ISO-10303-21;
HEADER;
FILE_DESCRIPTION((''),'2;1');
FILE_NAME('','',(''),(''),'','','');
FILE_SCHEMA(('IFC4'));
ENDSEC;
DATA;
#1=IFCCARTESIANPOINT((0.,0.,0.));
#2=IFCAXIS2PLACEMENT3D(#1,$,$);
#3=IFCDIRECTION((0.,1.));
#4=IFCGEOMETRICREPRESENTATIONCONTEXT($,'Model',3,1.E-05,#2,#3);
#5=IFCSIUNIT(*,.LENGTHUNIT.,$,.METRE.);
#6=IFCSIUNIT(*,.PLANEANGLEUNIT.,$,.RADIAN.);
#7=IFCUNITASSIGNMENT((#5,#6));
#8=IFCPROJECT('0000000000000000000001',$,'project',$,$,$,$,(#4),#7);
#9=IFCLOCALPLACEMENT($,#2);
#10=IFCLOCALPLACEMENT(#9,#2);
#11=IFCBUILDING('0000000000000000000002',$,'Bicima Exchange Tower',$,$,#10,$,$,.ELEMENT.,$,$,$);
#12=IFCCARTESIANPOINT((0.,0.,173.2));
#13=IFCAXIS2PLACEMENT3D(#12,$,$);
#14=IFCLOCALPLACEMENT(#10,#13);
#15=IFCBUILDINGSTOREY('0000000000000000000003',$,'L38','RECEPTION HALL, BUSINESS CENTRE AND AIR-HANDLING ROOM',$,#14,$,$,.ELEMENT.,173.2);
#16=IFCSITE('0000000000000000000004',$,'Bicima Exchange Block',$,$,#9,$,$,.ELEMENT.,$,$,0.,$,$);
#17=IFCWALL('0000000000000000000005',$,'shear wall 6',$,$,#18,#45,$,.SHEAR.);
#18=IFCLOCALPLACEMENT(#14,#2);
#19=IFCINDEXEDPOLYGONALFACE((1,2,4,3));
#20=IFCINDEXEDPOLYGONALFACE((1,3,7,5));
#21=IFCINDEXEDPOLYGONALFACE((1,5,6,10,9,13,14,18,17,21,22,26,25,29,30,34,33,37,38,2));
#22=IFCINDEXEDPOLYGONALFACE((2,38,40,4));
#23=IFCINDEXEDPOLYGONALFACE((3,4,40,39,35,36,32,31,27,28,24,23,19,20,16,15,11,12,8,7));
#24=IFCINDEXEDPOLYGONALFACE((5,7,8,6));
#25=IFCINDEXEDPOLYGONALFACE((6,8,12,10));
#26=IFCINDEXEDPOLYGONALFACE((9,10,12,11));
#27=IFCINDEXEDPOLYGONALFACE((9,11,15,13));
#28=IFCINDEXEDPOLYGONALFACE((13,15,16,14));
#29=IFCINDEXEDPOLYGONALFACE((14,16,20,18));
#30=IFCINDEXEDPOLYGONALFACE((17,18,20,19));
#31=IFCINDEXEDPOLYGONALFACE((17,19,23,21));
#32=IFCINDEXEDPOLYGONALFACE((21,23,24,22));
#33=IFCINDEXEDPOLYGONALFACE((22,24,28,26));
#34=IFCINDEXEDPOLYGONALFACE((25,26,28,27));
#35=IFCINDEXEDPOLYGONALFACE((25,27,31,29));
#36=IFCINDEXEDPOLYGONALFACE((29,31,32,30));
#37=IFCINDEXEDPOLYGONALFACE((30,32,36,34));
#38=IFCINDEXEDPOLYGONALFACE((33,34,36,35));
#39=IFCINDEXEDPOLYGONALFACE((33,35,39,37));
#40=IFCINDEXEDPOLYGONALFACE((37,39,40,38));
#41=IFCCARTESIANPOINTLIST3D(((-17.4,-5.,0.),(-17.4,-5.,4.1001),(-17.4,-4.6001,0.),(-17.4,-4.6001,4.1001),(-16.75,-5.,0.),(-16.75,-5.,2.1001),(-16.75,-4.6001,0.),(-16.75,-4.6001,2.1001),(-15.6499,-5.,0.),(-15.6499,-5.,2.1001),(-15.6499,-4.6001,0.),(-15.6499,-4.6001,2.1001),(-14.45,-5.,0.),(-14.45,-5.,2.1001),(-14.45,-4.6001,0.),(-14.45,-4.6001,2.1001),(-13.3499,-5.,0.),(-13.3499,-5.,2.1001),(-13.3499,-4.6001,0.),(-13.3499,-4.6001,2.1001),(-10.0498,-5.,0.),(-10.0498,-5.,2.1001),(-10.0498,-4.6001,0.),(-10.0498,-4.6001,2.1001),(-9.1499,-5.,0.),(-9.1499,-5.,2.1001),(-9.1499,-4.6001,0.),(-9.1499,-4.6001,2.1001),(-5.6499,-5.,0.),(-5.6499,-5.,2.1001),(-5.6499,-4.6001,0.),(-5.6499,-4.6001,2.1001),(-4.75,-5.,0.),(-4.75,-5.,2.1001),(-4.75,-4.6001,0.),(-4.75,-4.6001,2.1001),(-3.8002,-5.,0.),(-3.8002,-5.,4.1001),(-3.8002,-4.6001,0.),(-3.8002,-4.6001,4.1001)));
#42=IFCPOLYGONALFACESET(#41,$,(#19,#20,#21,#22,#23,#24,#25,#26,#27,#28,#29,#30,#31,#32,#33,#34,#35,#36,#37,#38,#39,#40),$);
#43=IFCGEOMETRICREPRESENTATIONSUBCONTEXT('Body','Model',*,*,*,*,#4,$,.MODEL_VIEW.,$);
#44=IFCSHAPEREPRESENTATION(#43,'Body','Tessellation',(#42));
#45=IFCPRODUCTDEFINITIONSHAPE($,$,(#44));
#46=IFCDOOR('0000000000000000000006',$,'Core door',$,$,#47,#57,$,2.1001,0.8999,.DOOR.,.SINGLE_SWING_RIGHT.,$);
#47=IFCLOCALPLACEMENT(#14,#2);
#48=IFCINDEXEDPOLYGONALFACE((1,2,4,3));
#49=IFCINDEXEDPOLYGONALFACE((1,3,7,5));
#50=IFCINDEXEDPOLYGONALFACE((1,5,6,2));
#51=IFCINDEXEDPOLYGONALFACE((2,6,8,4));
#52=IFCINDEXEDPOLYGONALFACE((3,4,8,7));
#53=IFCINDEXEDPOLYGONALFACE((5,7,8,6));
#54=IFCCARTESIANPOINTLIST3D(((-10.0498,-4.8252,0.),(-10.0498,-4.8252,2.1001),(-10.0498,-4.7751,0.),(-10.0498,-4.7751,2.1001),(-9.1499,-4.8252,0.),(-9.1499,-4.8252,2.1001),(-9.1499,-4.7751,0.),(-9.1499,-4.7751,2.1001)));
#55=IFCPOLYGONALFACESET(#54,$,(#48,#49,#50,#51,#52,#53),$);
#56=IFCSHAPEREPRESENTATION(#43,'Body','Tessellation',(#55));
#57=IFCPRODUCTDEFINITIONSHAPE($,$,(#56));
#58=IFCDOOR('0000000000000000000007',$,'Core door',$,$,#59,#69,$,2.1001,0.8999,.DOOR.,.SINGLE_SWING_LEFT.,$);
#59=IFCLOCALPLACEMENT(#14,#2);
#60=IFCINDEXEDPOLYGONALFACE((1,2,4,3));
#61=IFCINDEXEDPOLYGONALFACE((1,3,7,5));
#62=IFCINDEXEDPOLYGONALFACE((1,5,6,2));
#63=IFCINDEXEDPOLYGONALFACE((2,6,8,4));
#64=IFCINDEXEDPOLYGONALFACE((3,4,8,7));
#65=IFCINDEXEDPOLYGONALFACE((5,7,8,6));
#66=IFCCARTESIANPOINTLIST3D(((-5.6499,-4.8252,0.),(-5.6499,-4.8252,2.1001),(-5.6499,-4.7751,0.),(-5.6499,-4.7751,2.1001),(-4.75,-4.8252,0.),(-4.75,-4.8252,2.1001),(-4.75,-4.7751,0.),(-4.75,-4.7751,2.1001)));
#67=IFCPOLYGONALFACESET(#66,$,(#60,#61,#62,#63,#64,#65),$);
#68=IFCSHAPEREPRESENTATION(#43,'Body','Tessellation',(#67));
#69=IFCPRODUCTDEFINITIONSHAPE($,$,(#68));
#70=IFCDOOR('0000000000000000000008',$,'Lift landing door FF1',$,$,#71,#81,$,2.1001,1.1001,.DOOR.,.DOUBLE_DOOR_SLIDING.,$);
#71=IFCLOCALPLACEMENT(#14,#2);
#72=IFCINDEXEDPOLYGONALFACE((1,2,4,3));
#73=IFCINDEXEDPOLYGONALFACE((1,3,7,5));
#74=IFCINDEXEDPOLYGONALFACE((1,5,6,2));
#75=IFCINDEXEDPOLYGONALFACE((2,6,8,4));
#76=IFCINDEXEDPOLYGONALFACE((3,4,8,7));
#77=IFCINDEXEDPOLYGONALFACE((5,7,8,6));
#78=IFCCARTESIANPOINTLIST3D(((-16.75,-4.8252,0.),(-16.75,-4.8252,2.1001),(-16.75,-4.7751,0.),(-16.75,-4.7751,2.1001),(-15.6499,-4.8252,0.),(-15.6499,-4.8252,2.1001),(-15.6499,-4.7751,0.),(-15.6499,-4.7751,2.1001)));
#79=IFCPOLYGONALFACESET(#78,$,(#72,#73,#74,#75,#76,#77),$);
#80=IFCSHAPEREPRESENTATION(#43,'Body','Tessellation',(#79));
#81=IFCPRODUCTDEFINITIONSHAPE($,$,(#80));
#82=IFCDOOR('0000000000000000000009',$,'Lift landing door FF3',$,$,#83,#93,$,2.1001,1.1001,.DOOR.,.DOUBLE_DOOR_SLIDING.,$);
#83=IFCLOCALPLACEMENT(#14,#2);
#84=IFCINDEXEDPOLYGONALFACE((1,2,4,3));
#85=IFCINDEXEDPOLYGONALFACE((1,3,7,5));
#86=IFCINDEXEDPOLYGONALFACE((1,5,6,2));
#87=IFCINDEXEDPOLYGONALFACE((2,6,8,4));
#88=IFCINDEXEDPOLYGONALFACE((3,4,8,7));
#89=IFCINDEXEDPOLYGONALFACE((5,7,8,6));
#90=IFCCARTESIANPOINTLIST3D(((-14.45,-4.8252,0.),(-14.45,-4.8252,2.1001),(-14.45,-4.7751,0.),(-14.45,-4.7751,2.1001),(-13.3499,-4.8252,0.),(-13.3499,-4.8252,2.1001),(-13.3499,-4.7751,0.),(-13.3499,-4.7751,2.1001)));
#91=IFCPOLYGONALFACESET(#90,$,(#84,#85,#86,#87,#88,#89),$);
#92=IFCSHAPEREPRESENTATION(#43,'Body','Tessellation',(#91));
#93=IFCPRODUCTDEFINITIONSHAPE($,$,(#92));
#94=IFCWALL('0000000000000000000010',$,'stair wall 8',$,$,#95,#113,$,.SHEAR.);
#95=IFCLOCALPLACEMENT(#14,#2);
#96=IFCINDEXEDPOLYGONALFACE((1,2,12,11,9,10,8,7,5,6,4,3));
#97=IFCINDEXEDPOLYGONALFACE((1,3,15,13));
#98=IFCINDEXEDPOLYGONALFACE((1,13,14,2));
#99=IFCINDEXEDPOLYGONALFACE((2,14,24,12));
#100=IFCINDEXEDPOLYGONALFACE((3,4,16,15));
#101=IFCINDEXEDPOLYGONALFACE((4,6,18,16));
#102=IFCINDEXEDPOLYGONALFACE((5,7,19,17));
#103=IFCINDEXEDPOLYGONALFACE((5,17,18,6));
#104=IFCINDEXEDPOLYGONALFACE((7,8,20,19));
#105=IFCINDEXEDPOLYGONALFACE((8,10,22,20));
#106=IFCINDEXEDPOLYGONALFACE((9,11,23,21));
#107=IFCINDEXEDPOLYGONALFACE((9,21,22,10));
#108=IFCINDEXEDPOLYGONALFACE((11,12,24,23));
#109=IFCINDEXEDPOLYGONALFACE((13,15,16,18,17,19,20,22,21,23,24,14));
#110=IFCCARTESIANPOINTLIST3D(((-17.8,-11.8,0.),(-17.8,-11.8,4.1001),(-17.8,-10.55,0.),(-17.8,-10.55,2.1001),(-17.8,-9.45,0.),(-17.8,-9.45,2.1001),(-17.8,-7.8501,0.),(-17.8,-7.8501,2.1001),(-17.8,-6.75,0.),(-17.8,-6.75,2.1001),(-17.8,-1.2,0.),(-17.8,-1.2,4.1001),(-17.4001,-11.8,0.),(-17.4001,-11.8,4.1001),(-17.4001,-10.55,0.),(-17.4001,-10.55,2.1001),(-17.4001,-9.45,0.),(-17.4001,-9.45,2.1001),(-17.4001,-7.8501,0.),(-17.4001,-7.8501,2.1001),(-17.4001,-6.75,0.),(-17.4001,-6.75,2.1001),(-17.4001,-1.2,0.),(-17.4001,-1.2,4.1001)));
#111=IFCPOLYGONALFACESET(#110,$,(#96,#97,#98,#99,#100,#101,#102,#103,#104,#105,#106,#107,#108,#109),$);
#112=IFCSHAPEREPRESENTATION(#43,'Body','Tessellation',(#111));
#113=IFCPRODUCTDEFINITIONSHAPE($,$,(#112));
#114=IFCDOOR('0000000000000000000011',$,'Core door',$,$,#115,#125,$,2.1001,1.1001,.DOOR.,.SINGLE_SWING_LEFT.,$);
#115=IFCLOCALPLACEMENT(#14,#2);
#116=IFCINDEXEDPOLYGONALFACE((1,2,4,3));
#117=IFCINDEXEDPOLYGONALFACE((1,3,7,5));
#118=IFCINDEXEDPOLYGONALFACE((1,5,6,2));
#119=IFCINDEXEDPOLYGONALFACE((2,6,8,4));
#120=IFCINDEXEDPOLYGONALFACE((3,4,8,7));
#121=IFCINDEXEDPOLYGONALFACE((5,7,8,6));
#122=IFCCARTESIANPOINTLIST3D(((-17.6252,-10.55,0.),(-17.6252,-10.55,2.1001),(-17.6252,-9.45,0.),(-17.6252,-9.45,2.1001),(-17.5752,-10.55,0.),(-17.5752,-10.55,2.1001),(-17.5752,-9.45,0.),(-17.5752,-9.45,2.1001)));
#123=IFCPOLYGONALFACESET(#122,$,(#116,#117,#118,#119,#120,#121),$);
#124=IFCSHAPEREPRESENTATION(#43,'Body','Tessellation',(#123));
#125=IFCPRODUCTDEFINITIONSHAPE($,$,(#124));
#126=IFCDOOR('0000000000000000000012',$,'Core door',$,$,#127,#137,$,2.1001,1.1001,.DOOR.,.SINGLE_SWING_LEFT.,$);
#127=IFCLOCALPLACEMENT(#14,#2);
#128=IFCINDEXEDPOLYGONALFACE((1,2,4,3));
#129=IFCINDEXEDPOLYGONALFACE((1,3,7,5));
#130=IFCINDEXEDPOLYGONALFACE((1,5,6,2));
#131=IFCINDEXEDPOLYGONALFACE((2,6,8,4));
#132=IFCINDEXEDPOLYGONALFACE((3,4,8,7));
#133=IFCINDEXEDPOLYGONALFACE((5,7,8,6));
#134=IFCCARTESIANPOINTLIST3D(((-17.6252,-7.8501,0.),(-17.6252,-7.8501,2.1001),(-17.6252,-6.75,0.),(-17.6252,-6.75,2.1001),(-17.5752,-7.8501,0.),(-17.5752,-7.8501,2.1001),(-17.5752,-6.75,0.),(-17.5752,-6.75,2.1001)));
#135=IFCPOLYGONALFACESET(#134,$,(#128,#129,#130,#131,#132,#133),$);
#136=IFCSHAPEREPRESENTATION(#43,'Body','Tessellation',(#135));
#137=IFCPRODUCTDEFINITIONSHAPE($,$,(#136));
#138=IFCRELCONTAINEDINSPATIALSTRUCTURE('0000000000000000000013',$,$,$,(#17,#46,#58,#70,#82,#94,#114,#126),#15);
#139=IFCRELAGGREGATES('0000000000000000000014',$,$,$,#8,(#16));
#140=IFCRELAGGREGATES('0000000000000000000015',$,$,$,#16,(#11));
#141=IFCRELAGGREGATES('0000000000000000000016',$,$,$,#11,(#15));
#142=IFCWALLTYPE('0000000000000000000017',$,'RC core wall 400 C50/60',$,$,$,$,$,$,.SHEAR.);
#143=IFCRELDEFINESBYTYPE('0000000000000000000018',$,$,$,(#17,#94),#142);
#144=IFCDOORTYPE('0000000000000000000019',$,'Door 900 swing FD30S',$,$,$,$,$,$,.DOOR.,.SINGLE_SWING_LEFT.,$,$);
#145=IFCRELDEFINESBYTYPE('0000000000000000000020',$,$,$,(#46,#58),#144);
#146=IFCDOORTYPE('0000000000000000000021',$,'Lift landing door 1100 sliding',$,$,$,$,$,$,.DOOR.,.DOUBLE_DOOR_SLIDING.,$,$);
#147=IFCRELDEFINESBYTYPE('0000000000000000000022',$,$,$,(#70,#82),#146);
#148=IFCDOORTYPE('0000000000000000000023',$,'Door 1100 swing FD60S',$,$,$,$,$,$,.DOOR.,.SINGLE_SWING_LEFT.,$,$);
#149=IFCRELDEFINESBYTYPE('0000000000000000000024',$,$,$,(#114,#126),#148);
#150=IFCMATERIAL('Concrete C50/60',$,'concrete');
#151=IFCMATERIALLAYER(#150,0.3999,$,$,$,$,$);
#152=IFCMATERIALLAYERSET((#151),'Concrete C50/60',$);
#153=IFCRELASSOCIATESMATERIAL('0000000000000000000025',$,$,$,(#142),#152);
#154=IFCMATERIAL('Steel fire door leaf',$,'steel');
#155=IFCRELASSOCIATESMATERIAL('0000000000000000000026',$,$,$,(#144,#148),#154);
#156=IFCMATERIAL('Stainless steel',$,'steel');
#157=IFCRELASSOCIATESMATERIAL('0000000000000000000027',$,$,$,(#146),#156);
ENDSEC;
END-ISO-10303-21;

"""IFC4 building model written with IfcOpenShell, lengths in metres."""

from ifc_helpers import new_model, si_unit, direction, frame, frame_2d, origin, place, context, subcontext, project, spatial, rectangle, extrude, material, layer, layer_set, type_object, element, fill, save


model = new_model("IFC4")

# Units and contexts
model_context = context("Model", 3, precision=1e-05, world=origin(), true_north=direction((0.0, 1.0)))
body_context = subcontext(model_context, "Body", "Model", "MODEL_VIEW")
ifc_project = project(units=[si_unit("LENGTHUNIT", "METRE"), si_unit("PLANEANGLEUNIT", "RADIAN")], contexts=[model_context])

# Site, building, storey
site_placement = place(None, origin())
site = spatial("IfcSite", under=ifc_project, at=site_placement, Name="Bicima Exchange Block", CompositionType="ELEMENT", RefElevation=0.0)
building_placement = place(site_placement, origin())
building = spatial("IfcBuilding", under=site, at=building_placement, Name="Bicima Exchange Tower", CompositionType="ELEMENT")
storey_placement = place(building_placement, frame((0.0, 0.0, 173.2)))
storey = spatial("IfcBuildingStorey", under=building, at=storey_placement, Name="L38", Description="RECEPTION HALL, BUSINESS CENTRE AND AIR-HANDLING ROOM", CompositionType="ELEMENT", Elevation=173.2)

# Walls, openings, doors
ifc_material_1 = material(Name="Concrete C50/60", Category="concrete")
ifc_layer_1 = layer(ifc_material_1, 0.3999)
ifc_layer_set_1 = layer_set([ifc_layer_1], Name="Concrete C50/60")
wall_type_1 = type_object("IfcWallType", Name="RC core wall 400 C50/60", PredefinedType="SHEAR", material=ifc_layer_set_1)
ifc_material_2 = material(Name="Steel fire door leaf", Category="steel")
door_type_1 = type_object("IfcDoorType", Name="Door 900 swing FD30S", OperationType="SINGLE_SWING_LEFT", PredefinedType="DOOR", material=ifc_material_2)
ifc_material_3 = material(Name="Stainless steel", Category="steel")
wall_1_placement = place(storey_placement, frame((-17.3999, -4.8, 0.0), z_axis=(0.0, 0.0, 1.0), x_axis=(1.0, 0.0, 0.0)))
wall_1 = element("IfcWall", 1, at=wall_1_placement, inside=storey, type_object=wall_type_1, Name="shear wall 6", PredefinedType="SHEAR", context=body_context, shape_type="SweptSolid", body=[
    extrude(rectangle(XDim=13.5999, YDim=0.3999, at=frame_2d((6.7998, 0.0))), origin(), (0.0, 0.0, 1.0), 4.1001),
])
opening_1_placement = place(wall_1_placement, frame((0.6499, 0.0, 0.0)))
opening_1 = element("IfcOpeningElement", 2, at=opening_1_placement, cuts=wall_1, PredefinedType="OPENING", context=body_context, shape_type="SweptSolid", body=[
    extrude(rectangle(XDim=1.1001, YDim=2.1001, at=frame_2d((0.55, 1.05))), frame((0.0, 0.2119, 0.0), z_axis=(0.0, -1.0, 0.0), x_axis=(1.0, 0.0, 0.0)), (0.0, 0.0, 1.0), 0.4238),
])
opening_2_placement = place(wall_1_placement, frame((2.95, 0.0, 0.0)))
opening_2 = element("IfcOpeningElement", 3, at=opening_2_placement, cuts=wall_1, PredefinedType="OPENING", context=body_context, shape_type="SweptSolid", body=[
    extrude(rectangle(XDim=1.1001, YDim=2.1001, at=frame_2d((0.55, 1.05))), frame((0.0, 0.2119, 0.0), z_axis=(0.0, -1.0, 0.0), x_axis=(1.0, 0.0, 0.0)), (0.0, 0.0, 1.0), 0.4238),
])
opening_3_placement = place(wall_1_placement, frame((7.3501, 0.0, 0.0)))
opening_3 = element("IfcOpeningElement", 4, at=opening_3_placement, cuts=wall_1, PredefinedType="OPENING", context=body_context, shape_type="SweptSolid", body=[
    extrude(rectangle(XDim=0.8999, YDim=2.1001, at=frame_2d((0.45, 1.05))), frame((0.0, 0.2119, 0.0), z_axis=(0.0, -1.0, 0.0), x_axis=(1.0, 0.0, 0.0)), (0.0, 0.0, 1.0), 0.4238),
])
opening_4_placement = place(wall_1_placement, frame((11.75, 0.0, 0.0)))
opening_4 = element("IfcOpeningElement", 5, at=opening_4_placement, cuts=wall_1, PredefinedType="OPENING", context=body_context, shape_type="SweptSolid", body=[
    extrude(rectangle(XDim=0.8999, YDim=2.1001, at=frame_2d((0.45, 1.05))), frame((0.0, 0.2119, 0.0), z_axis=(0.0, -1.0, 0.0), x_axis=(1.0, 0.0, 0.0)), (0.0, 0.0, 1.0), 0.4238),
])
door_1_placement = place(opening_3_placement, origin())
door_1 = element("IfcDoor", 6, at=door_1_placement, inside=storey, type_object=door_type_1, Name="Core door", OperationType="SINGLE_SWING_RIGHT", OverallHeight=2.1001, OverallWidth=0.8999, PredefinedType="DOOR", context=body_context, shape_type="SweptSolid", body=[
    extrude(rectangle(XDim=0.8999, YDim=2.1001, at=frame_2d((0.45, 1.05))), frame((0.0, 0.0249, 0.0), z_axis=(0.0, -1.0, 0.0), x_axis=(1.0, 0.0, 0.0)), (0.0, 0.0, 1.0), 0.05),
])
fill(opening_3, door_1)
door_2_placement = place(opening_4_placement, origin())
door_2 = element("IfcDoor", 7, at=door_2_placement, inside=storey, type_object=door_type_1, Name="Core door", OperationType="SINGLE_SWING_LEFT", OverallHeight=2.1001, OverallWidth=0.8999, PredefinedType="DOOR", context=body_context, shape_type="SweptSolid", body=[
    extrude(rectangle(XDim=0.8999, YDim=2.1001, at=frame_2d((0.45, 1.05))), frame((0.0, 0.0249, 0.0), z_axis=(0.0, -1.0, 0.0), x_axis=(1.0, 0.0, 0.0)), (0.0, 0.0, 1.0), 0.05),
])
fill(opening_4, door_2)
door_type_2 = type_object("IfcDoorType", Name="Lift landing door 1100 sliding", OperationType="DOUBLE_DOOR_SLIDING", PredefinedType="DOOR", material=ifc_material_3)
door_3_placement = place(opening_1_placement, origin())
door_3 = element("IfcDoor", 8, at=door_3_placement, inside=storey, type_object=door_type_2, Name="Lift landing door FF1", OperationType="DOUBLE_DOOR_SLIDING", OverallHeight=2.1001, OverallWidth=1.1001, PredefinedType="DOOR", context=body_context, shape_type="SweptSolid", body=[
    extrude(rectangle(XDim=1.1001, YDim=2.1001, at=frame_2d((0.55, 1.05))), frame((0.0, 0.0249, 0.0), z_axis=(0.0, -1.0, 0.0), x_axis=(1.0, 0.0, 0.0)), (0.0, 0.0, 1.0), 0.05),
])
fill(opening_1, door_3)
door_4_placement = place(opening_2_placement, origin())
door_4 = element("IfcDoor", 9, at=door_4_placement, inside=storey, type_object=door_type_2, Name="Lift landing door FF3", OperationType="DOUBLE_DOOR_SLIDING", OverallHeight=2.1001, OverallWidth=1.1001, PredefinedType="DOOR", context=body_context, shape_type="SweptSolid", body=[
    extrude(rectangle(XDim=1.1001, YDim=2.1001, at=frame_2d((0.55, 1.05))), frame((0.0, 0.0249, 0.0), z_axis=(0.0, -1.0, 0.0), x_axis=(1.0, 0.0, 0.0)), (0.0, 0.0, 1.0), 0.05),
])
fill(opening_2, door_4)
wall_2_placement = place(storey_placement, frame((-17.6001, -11.8, 0.0), z_axis=(0.0, 0.0, 1.0), x_axis=(0.0, 1.0, 0.0)))
wall_2 = element("IfcWall", 10, at=wall_2_placement, inside=storey, type_object=wall_type_1, Name="stair wall 8", PredefinedType="SHEAR", context=body_context, shape_type="SweptSolid", body=[
    extrude(rectangle(XDim=10.6001, YDim=0.3999, at=frame_2d((5.3, 0.0))), origin(), (0.0, 0.0, 1.0), 4.1001),
])
opening_5_placement = place(wall_2_placement, frame((1.25, 0.0, 0.0)))
opening_5 = element("IfcOpeningElement", 11, at=opening_5_placement, cuts=wall_2, PredefinedType="OPENING", context=body_context, shape_type="SweptSolid", body=[
    extrude(rectangle(XDim=1.1001, YDim=2.1001, at=frame_2d((0.55, 1.05))), frame((0.0, 0.2119, 0.0), z_axis=(0.0, -1.0, 0.0), x_axis=(1.0, 0.0, 0.0)), (0.0, 0.0, 1.0), 0.4238),
])
opening_6_placement = place(wall_2_placement, frame((3.95, 0.0, 0.0)))
opening_6 = element("IfcOpeningElement", 12, at=opening_6_placement, cuts=wall_2, PredefinedType="OPENING", context=body_context, shape_type="SweptSolid", body=[
    extrude(rectangle(XDim=1.1001, YDim=2.1001, at=frame_2d((0.55, 1.05))), frame((0.0, 0.2119, 0.0), z_axis=(0.0, -1.0, 0.0), x_axis=(1.0, 0.0, 0.0)), (0.0, 0.0, 1.0), 0.4238),
])
door_type_3 = type_object("IfcDoorType", Name="Door 1100 swing FD60S", OperationType="SINGLE_SWING_LEFT", PredefinedType="DOOR", material=ifc_material_2)
door_5_placement = place(opening_5_placement, frame((1.1001, 0.0, 0.0), z_axis=(0.0, 0.0, 1.0), x_axis=(-1.0, 0.0, 0.0)))
door_5 = element("IfcDoor", 13, at=door_5_placement, inside=storey, type_object=door_type_3, Name="Core door", OperationType="SINGLE_SWING_LEFT", OverallHeight=2.1001, OverallWidth=1.1001, PredefinedType="DOOR", context=body_context, shape_type="SweptSolid", body=[
    extrude(rectangle(XDim=1.1001, YDim=2.1001, at=frame_2d((0.55, 1.05))), frame((0.0, 0.0249, 0.0), z_axis=(0.0, -1.0, 0.0), x_axis=(1.0, 0.0, 0.0)), (0.0, 0.0, 1.0), 0.05),
])
fill(opening_5, door_5)
door_6_placement = place(opening_6_placement, frame((1.1001, 0.0, 0.0), z_axis=(0.0, 0.0, 1.0), x_axis=(-1.0, 0.0, 0.0)))
door_6 = element("IfcDoor", 14, at=door_6_placement, inside=storey, type_object=door_type_3, Name="Core door", OperationType="SINGLE_SWING_LEFT", OverallHeight=2.1001, OverallWidth=1.1001, PredefinedType="DOOR", context=body_context, shape_type="SweptSolid", body=[
    extrude(rectangle(XDim=1.1001, YDim=2.1001, at=frame_2d((0.55, 1.05))), frame((0.0, 0.0249, 0.0), z_axis=(0.0, -1.0, 0.0), x_axis=(1.0, 0.0, 0.0)), (0.0, 0.0, 1.0), 0.05),
])
fill(opening_6, door_6)

save(model, "model.ifc")
